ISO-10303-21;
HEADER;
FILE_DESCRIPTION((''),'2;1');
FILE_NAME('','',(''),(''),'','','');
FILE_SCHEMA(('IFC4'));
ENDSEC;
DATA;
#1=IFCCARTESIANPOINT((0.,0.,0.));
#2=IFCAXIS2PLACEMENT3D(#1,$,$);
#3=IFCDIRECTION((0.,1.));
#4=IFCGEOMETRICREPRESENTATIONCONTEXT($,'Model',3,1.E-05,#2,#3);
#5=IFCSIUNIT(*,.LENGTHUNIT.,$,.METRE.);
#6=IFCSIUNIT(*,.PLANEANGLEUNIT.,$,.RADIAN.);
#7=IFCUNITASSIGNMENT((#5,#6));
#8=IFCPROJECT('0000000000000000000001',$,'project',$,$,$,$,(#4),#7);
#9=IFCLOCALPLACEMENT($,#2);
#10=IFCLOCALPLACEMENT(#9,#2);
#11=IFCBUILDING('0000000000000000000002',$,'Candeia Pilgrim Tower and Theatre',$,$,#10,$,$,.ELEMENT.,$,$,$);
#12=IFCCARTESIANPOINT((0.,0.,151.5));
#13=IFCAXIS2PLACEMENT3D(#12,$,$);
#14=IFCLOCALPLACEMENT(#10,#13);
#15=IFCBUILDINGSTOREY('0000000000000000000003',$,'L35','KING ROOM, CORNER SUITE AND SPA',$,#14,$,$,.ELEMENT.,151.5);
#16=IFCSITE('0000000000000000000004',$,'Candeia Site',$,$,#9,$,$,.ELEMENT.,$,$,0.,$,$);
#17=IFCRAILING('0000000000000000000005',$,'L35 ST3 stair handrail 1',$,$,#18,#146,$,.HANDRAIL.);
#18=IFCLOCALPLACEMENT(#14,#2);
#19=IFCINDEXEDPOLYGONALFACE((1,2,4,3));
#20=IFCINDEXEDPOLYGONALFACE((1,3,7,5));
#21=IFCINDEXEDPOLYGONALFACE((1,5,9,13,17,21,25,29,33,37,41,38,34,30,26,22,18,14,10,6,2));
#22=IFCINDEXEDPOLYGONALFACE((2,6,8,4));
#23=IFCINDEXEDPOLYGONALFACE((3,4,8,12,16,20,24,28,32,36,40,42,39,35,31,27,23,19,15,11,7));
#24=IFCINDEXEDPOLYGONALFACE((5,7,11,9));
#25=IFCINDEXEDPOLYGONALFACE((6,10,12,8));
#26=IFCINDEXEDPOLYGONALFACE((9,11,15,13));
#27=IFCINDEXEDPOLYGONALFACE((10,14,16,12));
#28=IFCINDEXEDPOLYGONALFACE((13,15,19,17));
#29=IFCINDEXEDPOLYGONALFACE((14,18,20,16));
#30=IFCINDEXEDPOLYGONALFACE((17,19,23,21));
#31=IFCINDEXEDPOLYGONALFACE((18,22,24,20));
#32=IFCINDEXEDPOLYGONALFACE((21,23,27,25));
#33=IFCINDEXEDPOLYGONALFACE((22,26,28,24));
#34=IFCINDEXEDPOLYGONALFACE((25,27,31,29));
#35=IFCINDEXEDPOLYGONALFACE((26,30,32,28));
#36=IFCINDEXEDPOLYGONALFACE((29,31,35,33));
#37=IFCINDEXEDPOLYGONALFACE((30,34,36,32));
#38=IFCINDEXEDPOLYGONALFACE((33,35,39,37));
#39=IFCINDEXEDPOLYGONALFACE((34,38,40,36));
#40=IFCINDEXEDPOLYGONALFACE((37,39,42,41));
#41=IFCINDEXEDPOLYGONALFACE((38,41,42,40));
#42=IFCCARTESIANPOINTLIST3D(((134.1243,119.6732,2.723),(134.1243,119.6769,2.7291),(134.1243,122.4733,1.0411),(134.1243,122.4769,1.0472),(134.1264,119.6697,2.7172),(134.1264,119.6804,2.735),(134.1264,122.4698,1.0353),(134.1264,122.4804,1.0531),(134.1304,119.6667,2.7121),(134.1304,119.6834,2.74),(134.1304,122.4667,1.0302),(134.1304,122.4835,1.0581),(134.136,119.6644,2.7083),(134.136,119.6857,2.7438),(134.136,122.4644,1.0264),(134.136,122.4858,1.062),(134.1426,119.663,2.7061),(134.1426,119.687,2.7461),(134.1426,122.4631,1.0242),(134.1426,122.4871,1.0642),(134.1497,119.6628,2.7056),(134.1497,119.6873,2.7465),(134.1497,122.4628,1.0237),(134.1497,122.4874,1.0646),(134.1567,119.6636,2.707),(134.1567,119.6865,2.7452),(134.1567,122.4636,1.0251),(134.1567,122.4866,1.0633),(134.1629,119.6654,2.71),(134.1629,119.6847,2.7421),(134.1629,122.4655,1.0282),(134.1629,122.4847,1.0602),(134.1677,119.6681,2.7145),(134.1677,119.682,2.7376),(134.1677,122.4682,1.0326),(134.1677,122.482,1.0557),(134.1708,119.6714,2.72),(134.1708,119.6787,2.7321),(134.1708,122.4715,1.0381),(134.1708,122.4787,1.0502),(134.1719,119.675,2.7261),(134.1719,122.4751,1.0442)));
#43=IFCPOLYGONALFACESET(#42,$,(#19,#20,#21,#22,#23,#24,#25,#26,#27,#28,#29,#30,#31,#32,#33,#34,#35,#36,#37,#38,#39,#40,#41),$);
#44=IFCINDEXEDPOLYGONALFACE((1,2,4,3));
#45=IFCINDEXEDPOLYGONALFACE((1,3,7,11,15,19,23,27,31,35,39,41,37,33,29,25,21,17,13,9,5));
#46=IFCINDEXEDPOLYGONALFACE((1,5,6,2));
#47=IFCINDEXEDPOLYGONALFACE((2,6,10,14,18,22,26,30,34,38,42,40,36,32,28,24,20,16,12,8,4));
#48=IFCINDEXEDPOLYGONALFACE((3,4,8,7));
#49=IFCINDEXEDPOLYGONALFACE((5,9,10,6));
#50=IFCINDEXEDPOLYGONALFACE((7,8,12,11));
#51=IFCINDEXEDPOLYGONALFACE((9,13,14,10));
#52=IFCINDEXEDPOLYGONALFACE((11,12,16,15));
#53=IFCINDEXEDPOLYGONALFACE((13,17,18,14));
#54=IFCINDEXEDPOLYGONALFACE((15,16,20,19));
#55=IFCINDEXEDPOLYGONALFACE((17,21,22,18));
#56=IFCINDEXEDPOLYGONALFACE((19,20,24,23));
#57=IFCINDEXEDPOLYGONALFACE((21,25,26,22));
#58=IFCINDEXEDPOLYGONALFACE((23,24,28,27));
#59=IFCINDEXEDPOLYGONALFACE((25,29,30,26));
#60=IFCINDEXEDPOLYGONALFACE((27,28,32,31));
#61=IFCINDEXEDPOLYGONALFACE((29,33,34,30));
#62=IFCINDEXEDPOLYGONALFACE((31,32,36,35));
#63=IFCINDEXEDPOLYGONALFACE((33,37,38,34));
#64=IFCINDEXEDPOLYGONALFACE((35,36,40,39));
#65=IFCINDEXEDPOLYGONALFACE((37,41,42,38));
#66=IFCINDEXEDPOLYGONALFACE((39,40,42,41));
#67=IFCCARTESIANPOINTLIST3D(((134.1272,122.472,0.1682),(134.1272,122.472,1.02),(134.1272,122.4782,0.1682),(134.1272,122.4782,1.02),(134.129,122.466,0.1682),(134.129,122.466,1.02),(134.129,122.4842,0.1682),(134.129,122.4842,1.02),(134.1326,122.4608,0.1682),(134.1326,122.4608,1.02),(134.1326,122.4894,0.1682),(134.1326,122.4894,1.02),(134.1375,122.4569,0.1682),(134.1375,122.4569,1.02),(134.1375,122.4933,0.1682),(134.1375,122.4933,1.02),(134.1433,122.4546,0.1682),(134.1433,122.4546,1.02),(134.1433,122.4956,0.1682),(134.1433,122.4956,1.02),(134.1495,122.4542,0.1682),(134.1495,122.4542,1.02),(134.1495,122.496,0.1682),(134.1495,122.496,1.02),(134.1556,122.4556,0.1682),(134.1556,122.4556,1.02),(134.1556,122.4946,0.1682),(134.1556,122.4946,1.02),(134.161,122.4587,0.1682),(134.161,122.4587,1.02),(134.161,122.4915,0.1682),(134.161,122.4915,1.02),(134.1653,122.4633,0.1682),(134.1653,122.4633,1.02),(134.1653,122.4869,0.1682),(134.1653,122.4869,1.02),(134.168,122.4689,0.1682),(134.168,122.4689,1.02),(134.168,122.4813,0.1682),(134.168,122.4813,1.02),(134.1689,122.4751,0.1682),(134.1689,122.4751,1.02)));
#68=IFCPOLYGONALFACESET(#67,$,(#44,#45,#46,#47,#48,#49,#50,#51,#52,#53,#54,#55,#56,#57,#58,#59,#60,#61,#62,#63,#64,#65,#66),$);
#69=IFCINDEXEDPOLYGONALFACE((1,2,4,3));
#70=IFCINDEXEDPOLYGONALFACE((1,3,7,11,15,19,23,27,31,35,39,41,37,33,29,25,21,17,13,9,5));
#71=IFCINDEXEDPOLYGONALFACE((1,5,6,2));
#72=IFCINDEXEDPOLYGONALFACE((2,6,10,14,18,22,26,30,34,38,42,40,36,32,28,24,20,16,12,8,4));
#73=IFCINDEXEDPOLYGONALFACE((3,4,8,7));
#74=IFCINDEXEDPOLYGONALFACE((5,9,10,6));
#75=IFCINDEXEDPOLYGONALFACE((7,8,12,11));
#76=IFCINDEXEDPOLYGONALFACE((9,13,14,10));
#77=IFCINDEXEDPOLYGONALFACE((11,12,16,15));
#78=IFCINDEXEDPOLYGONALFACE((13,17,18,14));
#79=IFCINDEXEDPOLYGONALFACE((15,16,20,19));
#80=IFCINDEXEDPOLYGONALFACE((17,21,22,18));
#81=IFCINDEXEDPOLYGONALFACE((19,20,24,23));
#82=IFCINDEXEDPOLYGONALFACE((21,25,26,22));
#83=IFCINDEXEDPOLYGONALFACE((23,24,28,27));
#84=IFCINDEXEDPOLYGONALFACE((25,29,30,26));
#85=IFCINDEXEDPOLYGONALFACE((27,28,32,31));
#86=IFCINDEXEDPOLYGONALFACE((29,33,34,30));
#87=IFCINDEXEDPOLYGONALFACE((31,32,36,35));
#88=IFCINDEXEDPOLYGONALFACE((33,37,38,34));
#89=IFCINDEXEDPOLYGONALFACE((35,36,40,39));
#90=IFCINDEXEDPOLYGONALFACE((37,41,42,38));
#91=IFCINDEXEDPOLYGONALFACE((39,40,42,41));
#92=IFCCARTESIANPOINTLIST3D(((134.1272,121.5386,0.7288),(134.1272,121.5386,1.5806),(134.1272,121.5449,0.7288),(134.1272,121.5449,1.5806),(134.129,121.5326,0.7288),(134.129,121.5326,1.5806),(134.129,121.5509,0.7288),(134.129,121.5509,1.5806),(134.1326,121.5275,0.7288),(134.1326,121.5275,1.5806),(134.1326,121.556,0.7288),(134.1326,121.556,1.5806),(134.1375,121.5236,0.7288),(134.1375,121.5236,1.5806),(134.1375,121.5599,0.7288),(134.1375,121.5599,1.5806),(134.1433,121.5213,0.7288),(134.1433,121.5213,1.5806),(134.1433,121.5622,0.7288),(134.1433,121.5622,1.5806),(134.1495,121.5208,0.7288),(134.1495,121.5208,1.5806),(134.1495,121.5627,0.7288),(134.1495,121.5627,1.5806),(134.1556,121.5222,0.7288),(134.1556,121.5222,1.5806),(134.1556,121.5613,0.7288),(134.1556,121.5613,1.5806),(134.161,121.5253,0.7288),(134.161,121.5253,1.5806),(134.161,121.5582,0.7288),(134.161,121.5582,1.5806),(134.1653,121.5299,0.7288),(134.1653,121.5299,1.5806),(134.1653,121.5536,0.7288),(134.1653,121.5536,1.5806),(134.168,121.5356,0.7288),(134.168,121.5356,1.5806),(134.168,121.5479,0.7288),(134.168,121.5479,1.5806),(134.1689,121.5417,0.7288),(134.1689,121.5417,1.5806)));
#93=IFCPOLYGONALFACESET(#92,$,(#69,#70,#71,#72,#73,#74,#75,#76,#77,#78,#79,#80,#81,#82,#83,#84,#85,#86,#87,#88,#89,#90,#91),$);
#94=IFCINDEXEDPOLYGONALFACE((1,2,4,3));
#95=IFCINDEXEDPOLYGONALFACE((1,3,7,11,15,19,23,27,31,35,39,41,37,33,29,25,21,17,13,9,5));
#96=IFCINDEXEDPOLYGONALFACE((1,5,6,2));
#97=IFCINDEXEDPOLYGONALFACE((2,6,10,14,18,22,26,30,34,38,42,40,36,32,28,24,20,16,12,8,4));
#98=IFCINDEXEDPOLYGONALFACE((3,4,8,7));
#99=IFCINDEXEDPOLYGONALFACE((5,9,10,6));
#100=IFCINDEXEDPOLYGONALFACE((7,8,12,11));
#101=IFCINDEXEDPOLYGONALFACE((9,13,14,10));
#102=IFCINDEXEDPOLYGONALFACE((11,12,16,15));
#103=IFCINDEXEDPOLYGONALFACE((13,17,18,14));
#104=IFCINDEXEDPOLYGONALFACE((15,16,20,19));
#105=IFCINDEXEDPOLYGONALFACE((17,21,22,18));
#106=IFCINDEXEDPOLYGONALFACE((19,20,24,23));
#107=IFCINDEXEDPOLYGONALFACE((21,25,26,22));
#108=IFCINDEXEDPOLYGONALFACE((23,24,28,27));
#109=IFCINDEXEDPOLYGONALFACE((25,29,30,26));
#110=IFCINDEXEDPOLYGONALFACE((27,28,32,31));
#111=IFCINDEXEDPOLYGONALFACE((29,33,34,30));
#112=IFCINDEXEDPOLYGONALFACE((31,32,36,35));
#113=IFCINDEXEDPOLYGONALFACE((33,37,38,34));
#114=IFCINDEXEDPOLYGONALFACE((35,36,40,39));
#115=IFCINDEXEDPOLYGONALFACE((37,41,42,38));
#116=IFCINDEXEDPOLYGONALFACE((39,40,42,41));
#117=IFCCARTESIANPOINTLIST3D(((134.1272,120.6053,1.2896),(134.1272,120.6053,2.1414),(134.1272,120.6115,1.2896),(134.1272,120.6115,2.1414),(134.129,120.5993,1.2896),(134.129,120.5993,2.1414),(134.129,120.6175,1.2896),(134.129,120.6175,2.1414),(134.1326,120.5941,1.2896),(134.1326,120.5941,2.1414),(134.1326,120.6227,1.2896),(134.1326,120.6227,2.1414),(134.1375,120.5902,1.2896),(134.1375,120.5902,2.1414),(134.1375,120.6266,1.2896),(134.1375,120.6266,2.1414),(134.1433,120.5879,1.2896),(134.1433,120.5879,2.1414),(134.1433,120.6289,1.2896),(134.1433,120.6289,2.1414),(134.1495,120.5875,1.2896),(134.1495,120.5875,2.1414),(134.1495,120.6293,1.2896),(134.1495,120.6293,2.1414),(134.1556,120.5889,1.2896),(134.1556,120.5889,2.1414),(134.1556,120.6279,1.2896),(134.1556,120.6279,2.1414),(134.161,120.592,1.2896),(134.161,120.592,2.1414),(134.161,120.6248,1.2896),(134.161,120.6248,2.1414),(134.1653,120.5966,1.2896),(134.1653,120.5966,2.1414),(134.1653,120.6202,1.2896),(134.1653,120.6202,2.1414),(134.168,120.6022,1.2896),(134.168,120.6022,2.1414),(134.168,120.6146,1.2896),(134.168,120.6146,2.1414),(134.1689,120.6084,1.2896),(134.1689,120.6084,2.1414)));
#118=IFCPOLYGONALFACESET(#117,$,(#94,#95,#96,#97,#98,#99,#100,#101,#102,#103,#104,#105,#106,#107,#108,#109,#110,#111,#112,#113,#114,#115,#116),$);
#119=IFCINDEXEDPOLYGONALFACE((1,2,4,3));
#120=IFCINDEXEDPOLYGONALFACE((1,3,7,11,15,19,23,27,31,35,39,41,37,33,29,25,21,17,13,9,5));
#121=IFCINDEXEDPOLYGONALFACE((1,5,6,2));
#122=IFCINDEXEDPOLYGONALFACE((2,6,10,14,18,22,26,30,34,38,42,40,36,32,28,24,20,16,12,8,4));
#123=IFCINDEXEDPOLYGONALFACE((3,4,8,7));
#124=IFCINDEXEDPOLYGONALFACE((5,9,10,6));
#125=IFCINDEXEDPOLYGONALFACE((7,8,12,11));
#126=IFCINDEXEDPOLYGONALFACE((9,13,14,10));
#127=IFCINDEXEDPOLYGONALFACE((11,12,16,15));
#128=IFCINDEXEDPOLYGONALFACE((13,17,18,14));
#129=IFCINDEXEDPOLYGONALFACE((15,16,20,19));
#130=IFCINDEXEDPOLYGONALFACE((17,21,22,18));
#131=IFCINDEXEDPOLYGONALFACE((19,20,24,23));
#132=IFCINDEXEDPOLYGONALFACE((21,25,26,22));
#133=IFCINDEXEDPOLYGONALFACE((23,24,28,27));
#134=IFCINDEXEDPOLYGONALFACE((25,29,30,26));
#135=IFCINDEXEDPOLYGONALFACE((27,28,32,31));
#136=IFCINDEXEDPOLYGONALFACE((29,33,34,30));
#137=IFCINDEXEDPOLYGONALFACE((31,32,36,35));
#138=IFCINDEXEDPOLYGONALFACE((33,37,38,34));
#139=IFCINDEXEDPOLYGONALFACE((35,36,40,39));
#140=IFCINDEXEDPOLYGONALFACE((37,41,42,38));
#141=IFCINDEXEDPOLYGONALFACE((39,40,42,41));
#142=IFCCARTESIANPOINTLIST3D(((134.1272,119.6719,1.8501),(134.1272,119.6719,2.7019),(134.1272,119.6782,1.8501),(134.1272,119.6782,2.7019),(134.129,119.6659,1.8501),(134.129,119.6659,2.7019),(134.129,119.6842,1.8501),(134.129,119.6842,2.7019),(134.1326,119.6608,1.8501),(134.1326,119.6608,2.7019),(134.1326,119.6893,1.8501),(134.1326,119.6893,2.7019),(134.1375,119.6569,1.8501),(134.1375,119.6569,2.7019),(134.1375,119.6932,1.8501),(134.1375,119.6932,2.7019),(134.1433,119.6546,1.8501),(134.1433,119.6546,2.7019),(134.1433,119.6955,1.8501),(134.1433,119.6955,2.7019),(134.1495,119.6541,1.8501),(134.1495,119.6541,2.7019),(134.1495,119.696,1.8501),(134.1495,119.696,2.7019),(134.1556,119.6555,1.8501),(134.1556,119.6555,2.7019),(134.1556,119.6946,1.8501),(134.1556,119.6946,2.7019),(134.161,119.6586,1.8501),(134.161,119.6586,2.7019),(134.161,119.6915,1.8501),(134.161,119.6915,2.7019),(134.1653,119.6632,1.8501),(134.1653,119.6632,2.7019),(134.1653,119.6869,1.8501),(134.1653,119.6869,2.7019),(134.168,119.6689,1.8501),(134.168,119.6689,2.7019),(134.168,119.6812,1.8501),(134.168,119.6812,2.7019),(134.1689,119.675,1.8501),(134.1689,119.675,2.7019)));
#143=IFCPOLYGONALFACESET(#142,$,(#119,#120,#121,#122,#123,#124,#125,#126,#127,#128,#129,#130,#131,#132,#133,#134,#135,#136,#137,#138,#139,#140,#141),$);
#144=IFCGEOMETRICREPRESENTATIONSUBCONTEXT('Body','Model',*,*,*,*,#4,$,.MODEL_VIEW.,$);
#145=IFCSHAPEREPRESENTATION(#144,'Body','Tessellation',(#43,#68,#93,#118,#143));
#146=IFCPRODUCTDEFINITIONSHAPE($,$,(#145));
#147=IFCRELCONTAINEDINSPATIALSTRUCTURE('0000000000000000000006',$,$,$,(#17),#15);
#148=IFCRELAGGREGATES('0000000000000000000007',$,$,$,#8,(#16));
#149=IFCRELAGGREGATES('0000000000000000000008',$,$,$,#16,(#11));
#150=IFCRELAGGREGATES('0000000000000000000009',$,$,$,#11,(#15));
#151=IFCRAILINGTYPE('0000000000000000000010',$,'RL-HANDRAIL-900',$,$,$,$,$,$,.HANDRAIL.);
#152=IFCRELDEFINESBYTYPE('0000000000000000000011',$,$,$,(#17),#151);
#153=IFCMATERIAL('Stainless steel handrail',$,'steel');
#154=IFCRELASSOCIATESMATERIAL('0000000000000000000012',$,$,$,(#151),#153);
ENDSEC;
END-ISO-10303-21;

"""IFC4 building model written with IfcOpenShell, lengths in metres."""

from ifc_helpers import new_model, si_unit, direction, frame, origin, origin_2d, place, context, subcontext, project, spatial, circle, extrude, material, type_object, element, save


model = new_model("IFC4")

# Units and contexts
model_context = context("Model", 3, precision=1e-05, world=origin(), true_north=direction((0.0, 1.0)))
body_context = subcontext(model_context, "Body", "Model", "MODEL_VIEW")
ifc_project = project(units=[si_unit("LENGTHUNIT", "METRE"), si_unit("PLANEANGLEUNIT", "RADIAN")], contexts=[model_context])

# Site, building, storey
site_placement = place(None, origin())
site = spatial("IfcSite", under=ifc_project, at=site_placement, Name="Candeia Site", CompositionType="ELEMENT", RefElevation=0.0)
building_placement = place(site_placement, origin())
building = spatial("IfcBuilding", under=site, at=building_placement, Name="Candeia Pilgrim Tower and Theatre", CompositionType="ELEMENT")
storey_placement = place(building_placement, frame((0.0, 0.0, 151.5)))
storey = spatial("IfcBuildingStorey", under=building, at=storey_placement, Name="L35", Description="KING ROOM, CORNER SUITE AND SPA", CompositionType="ELEMENT", Elevation=151.5)

# Railing
ifc_material_1 = material(Name="Stainless steel handrail", Category="steel")
railing_type_1 = type_object("IfcRailingType", Name="RL-HANDRAIL-900", PredefinedType="HANDRAIL", material=ifc_material_1)
railing_1_placement = place(storey_placement, frame((134.1479, 122.4751, 0.1682)))
element("IfcRailing", 1, at=railing_1_placement, inside=storey, type_object=railing_type_1, Name="L35 ST3 stair handrail 1", PredefinedType="HANDRAIL", context=body_context, shape_type="SweptSolid", body=[
    extrude(circle(Radius=0.0239, at=origin_2d()), frame((0.0, 0.0, 0.876), z_axis=(0.0, -0.857242, 0.514913), x_axis=(1.0, 0.0, 0.0)), (0.0, 0.0, 1.0), 3.2664),
    extrude(circle(Radius=0.021, at=origin_2d()), origin(), (0.0, 0.0, 1.0), 0.8518),
    extrude(circle(Radius=0.021, at=origin_2d()), frame((0.0, -0.9333, 0.5605)), (0.0, 0.0, 1.0), 0.8518),
    extrude(circle(Radius=0.021, at=origin_2d()), frame((0.0, -1.8667, 1.1213)), (0.0, 0.0, 1.0), 0.8518),
    extrude(circle(Radius=0.021, at=origin_2d()), frame((0.0, -2.8, 1.6819)), (0.0, 0.0, 1.0), 0.8518),
])

save(model, "model.ifc")
